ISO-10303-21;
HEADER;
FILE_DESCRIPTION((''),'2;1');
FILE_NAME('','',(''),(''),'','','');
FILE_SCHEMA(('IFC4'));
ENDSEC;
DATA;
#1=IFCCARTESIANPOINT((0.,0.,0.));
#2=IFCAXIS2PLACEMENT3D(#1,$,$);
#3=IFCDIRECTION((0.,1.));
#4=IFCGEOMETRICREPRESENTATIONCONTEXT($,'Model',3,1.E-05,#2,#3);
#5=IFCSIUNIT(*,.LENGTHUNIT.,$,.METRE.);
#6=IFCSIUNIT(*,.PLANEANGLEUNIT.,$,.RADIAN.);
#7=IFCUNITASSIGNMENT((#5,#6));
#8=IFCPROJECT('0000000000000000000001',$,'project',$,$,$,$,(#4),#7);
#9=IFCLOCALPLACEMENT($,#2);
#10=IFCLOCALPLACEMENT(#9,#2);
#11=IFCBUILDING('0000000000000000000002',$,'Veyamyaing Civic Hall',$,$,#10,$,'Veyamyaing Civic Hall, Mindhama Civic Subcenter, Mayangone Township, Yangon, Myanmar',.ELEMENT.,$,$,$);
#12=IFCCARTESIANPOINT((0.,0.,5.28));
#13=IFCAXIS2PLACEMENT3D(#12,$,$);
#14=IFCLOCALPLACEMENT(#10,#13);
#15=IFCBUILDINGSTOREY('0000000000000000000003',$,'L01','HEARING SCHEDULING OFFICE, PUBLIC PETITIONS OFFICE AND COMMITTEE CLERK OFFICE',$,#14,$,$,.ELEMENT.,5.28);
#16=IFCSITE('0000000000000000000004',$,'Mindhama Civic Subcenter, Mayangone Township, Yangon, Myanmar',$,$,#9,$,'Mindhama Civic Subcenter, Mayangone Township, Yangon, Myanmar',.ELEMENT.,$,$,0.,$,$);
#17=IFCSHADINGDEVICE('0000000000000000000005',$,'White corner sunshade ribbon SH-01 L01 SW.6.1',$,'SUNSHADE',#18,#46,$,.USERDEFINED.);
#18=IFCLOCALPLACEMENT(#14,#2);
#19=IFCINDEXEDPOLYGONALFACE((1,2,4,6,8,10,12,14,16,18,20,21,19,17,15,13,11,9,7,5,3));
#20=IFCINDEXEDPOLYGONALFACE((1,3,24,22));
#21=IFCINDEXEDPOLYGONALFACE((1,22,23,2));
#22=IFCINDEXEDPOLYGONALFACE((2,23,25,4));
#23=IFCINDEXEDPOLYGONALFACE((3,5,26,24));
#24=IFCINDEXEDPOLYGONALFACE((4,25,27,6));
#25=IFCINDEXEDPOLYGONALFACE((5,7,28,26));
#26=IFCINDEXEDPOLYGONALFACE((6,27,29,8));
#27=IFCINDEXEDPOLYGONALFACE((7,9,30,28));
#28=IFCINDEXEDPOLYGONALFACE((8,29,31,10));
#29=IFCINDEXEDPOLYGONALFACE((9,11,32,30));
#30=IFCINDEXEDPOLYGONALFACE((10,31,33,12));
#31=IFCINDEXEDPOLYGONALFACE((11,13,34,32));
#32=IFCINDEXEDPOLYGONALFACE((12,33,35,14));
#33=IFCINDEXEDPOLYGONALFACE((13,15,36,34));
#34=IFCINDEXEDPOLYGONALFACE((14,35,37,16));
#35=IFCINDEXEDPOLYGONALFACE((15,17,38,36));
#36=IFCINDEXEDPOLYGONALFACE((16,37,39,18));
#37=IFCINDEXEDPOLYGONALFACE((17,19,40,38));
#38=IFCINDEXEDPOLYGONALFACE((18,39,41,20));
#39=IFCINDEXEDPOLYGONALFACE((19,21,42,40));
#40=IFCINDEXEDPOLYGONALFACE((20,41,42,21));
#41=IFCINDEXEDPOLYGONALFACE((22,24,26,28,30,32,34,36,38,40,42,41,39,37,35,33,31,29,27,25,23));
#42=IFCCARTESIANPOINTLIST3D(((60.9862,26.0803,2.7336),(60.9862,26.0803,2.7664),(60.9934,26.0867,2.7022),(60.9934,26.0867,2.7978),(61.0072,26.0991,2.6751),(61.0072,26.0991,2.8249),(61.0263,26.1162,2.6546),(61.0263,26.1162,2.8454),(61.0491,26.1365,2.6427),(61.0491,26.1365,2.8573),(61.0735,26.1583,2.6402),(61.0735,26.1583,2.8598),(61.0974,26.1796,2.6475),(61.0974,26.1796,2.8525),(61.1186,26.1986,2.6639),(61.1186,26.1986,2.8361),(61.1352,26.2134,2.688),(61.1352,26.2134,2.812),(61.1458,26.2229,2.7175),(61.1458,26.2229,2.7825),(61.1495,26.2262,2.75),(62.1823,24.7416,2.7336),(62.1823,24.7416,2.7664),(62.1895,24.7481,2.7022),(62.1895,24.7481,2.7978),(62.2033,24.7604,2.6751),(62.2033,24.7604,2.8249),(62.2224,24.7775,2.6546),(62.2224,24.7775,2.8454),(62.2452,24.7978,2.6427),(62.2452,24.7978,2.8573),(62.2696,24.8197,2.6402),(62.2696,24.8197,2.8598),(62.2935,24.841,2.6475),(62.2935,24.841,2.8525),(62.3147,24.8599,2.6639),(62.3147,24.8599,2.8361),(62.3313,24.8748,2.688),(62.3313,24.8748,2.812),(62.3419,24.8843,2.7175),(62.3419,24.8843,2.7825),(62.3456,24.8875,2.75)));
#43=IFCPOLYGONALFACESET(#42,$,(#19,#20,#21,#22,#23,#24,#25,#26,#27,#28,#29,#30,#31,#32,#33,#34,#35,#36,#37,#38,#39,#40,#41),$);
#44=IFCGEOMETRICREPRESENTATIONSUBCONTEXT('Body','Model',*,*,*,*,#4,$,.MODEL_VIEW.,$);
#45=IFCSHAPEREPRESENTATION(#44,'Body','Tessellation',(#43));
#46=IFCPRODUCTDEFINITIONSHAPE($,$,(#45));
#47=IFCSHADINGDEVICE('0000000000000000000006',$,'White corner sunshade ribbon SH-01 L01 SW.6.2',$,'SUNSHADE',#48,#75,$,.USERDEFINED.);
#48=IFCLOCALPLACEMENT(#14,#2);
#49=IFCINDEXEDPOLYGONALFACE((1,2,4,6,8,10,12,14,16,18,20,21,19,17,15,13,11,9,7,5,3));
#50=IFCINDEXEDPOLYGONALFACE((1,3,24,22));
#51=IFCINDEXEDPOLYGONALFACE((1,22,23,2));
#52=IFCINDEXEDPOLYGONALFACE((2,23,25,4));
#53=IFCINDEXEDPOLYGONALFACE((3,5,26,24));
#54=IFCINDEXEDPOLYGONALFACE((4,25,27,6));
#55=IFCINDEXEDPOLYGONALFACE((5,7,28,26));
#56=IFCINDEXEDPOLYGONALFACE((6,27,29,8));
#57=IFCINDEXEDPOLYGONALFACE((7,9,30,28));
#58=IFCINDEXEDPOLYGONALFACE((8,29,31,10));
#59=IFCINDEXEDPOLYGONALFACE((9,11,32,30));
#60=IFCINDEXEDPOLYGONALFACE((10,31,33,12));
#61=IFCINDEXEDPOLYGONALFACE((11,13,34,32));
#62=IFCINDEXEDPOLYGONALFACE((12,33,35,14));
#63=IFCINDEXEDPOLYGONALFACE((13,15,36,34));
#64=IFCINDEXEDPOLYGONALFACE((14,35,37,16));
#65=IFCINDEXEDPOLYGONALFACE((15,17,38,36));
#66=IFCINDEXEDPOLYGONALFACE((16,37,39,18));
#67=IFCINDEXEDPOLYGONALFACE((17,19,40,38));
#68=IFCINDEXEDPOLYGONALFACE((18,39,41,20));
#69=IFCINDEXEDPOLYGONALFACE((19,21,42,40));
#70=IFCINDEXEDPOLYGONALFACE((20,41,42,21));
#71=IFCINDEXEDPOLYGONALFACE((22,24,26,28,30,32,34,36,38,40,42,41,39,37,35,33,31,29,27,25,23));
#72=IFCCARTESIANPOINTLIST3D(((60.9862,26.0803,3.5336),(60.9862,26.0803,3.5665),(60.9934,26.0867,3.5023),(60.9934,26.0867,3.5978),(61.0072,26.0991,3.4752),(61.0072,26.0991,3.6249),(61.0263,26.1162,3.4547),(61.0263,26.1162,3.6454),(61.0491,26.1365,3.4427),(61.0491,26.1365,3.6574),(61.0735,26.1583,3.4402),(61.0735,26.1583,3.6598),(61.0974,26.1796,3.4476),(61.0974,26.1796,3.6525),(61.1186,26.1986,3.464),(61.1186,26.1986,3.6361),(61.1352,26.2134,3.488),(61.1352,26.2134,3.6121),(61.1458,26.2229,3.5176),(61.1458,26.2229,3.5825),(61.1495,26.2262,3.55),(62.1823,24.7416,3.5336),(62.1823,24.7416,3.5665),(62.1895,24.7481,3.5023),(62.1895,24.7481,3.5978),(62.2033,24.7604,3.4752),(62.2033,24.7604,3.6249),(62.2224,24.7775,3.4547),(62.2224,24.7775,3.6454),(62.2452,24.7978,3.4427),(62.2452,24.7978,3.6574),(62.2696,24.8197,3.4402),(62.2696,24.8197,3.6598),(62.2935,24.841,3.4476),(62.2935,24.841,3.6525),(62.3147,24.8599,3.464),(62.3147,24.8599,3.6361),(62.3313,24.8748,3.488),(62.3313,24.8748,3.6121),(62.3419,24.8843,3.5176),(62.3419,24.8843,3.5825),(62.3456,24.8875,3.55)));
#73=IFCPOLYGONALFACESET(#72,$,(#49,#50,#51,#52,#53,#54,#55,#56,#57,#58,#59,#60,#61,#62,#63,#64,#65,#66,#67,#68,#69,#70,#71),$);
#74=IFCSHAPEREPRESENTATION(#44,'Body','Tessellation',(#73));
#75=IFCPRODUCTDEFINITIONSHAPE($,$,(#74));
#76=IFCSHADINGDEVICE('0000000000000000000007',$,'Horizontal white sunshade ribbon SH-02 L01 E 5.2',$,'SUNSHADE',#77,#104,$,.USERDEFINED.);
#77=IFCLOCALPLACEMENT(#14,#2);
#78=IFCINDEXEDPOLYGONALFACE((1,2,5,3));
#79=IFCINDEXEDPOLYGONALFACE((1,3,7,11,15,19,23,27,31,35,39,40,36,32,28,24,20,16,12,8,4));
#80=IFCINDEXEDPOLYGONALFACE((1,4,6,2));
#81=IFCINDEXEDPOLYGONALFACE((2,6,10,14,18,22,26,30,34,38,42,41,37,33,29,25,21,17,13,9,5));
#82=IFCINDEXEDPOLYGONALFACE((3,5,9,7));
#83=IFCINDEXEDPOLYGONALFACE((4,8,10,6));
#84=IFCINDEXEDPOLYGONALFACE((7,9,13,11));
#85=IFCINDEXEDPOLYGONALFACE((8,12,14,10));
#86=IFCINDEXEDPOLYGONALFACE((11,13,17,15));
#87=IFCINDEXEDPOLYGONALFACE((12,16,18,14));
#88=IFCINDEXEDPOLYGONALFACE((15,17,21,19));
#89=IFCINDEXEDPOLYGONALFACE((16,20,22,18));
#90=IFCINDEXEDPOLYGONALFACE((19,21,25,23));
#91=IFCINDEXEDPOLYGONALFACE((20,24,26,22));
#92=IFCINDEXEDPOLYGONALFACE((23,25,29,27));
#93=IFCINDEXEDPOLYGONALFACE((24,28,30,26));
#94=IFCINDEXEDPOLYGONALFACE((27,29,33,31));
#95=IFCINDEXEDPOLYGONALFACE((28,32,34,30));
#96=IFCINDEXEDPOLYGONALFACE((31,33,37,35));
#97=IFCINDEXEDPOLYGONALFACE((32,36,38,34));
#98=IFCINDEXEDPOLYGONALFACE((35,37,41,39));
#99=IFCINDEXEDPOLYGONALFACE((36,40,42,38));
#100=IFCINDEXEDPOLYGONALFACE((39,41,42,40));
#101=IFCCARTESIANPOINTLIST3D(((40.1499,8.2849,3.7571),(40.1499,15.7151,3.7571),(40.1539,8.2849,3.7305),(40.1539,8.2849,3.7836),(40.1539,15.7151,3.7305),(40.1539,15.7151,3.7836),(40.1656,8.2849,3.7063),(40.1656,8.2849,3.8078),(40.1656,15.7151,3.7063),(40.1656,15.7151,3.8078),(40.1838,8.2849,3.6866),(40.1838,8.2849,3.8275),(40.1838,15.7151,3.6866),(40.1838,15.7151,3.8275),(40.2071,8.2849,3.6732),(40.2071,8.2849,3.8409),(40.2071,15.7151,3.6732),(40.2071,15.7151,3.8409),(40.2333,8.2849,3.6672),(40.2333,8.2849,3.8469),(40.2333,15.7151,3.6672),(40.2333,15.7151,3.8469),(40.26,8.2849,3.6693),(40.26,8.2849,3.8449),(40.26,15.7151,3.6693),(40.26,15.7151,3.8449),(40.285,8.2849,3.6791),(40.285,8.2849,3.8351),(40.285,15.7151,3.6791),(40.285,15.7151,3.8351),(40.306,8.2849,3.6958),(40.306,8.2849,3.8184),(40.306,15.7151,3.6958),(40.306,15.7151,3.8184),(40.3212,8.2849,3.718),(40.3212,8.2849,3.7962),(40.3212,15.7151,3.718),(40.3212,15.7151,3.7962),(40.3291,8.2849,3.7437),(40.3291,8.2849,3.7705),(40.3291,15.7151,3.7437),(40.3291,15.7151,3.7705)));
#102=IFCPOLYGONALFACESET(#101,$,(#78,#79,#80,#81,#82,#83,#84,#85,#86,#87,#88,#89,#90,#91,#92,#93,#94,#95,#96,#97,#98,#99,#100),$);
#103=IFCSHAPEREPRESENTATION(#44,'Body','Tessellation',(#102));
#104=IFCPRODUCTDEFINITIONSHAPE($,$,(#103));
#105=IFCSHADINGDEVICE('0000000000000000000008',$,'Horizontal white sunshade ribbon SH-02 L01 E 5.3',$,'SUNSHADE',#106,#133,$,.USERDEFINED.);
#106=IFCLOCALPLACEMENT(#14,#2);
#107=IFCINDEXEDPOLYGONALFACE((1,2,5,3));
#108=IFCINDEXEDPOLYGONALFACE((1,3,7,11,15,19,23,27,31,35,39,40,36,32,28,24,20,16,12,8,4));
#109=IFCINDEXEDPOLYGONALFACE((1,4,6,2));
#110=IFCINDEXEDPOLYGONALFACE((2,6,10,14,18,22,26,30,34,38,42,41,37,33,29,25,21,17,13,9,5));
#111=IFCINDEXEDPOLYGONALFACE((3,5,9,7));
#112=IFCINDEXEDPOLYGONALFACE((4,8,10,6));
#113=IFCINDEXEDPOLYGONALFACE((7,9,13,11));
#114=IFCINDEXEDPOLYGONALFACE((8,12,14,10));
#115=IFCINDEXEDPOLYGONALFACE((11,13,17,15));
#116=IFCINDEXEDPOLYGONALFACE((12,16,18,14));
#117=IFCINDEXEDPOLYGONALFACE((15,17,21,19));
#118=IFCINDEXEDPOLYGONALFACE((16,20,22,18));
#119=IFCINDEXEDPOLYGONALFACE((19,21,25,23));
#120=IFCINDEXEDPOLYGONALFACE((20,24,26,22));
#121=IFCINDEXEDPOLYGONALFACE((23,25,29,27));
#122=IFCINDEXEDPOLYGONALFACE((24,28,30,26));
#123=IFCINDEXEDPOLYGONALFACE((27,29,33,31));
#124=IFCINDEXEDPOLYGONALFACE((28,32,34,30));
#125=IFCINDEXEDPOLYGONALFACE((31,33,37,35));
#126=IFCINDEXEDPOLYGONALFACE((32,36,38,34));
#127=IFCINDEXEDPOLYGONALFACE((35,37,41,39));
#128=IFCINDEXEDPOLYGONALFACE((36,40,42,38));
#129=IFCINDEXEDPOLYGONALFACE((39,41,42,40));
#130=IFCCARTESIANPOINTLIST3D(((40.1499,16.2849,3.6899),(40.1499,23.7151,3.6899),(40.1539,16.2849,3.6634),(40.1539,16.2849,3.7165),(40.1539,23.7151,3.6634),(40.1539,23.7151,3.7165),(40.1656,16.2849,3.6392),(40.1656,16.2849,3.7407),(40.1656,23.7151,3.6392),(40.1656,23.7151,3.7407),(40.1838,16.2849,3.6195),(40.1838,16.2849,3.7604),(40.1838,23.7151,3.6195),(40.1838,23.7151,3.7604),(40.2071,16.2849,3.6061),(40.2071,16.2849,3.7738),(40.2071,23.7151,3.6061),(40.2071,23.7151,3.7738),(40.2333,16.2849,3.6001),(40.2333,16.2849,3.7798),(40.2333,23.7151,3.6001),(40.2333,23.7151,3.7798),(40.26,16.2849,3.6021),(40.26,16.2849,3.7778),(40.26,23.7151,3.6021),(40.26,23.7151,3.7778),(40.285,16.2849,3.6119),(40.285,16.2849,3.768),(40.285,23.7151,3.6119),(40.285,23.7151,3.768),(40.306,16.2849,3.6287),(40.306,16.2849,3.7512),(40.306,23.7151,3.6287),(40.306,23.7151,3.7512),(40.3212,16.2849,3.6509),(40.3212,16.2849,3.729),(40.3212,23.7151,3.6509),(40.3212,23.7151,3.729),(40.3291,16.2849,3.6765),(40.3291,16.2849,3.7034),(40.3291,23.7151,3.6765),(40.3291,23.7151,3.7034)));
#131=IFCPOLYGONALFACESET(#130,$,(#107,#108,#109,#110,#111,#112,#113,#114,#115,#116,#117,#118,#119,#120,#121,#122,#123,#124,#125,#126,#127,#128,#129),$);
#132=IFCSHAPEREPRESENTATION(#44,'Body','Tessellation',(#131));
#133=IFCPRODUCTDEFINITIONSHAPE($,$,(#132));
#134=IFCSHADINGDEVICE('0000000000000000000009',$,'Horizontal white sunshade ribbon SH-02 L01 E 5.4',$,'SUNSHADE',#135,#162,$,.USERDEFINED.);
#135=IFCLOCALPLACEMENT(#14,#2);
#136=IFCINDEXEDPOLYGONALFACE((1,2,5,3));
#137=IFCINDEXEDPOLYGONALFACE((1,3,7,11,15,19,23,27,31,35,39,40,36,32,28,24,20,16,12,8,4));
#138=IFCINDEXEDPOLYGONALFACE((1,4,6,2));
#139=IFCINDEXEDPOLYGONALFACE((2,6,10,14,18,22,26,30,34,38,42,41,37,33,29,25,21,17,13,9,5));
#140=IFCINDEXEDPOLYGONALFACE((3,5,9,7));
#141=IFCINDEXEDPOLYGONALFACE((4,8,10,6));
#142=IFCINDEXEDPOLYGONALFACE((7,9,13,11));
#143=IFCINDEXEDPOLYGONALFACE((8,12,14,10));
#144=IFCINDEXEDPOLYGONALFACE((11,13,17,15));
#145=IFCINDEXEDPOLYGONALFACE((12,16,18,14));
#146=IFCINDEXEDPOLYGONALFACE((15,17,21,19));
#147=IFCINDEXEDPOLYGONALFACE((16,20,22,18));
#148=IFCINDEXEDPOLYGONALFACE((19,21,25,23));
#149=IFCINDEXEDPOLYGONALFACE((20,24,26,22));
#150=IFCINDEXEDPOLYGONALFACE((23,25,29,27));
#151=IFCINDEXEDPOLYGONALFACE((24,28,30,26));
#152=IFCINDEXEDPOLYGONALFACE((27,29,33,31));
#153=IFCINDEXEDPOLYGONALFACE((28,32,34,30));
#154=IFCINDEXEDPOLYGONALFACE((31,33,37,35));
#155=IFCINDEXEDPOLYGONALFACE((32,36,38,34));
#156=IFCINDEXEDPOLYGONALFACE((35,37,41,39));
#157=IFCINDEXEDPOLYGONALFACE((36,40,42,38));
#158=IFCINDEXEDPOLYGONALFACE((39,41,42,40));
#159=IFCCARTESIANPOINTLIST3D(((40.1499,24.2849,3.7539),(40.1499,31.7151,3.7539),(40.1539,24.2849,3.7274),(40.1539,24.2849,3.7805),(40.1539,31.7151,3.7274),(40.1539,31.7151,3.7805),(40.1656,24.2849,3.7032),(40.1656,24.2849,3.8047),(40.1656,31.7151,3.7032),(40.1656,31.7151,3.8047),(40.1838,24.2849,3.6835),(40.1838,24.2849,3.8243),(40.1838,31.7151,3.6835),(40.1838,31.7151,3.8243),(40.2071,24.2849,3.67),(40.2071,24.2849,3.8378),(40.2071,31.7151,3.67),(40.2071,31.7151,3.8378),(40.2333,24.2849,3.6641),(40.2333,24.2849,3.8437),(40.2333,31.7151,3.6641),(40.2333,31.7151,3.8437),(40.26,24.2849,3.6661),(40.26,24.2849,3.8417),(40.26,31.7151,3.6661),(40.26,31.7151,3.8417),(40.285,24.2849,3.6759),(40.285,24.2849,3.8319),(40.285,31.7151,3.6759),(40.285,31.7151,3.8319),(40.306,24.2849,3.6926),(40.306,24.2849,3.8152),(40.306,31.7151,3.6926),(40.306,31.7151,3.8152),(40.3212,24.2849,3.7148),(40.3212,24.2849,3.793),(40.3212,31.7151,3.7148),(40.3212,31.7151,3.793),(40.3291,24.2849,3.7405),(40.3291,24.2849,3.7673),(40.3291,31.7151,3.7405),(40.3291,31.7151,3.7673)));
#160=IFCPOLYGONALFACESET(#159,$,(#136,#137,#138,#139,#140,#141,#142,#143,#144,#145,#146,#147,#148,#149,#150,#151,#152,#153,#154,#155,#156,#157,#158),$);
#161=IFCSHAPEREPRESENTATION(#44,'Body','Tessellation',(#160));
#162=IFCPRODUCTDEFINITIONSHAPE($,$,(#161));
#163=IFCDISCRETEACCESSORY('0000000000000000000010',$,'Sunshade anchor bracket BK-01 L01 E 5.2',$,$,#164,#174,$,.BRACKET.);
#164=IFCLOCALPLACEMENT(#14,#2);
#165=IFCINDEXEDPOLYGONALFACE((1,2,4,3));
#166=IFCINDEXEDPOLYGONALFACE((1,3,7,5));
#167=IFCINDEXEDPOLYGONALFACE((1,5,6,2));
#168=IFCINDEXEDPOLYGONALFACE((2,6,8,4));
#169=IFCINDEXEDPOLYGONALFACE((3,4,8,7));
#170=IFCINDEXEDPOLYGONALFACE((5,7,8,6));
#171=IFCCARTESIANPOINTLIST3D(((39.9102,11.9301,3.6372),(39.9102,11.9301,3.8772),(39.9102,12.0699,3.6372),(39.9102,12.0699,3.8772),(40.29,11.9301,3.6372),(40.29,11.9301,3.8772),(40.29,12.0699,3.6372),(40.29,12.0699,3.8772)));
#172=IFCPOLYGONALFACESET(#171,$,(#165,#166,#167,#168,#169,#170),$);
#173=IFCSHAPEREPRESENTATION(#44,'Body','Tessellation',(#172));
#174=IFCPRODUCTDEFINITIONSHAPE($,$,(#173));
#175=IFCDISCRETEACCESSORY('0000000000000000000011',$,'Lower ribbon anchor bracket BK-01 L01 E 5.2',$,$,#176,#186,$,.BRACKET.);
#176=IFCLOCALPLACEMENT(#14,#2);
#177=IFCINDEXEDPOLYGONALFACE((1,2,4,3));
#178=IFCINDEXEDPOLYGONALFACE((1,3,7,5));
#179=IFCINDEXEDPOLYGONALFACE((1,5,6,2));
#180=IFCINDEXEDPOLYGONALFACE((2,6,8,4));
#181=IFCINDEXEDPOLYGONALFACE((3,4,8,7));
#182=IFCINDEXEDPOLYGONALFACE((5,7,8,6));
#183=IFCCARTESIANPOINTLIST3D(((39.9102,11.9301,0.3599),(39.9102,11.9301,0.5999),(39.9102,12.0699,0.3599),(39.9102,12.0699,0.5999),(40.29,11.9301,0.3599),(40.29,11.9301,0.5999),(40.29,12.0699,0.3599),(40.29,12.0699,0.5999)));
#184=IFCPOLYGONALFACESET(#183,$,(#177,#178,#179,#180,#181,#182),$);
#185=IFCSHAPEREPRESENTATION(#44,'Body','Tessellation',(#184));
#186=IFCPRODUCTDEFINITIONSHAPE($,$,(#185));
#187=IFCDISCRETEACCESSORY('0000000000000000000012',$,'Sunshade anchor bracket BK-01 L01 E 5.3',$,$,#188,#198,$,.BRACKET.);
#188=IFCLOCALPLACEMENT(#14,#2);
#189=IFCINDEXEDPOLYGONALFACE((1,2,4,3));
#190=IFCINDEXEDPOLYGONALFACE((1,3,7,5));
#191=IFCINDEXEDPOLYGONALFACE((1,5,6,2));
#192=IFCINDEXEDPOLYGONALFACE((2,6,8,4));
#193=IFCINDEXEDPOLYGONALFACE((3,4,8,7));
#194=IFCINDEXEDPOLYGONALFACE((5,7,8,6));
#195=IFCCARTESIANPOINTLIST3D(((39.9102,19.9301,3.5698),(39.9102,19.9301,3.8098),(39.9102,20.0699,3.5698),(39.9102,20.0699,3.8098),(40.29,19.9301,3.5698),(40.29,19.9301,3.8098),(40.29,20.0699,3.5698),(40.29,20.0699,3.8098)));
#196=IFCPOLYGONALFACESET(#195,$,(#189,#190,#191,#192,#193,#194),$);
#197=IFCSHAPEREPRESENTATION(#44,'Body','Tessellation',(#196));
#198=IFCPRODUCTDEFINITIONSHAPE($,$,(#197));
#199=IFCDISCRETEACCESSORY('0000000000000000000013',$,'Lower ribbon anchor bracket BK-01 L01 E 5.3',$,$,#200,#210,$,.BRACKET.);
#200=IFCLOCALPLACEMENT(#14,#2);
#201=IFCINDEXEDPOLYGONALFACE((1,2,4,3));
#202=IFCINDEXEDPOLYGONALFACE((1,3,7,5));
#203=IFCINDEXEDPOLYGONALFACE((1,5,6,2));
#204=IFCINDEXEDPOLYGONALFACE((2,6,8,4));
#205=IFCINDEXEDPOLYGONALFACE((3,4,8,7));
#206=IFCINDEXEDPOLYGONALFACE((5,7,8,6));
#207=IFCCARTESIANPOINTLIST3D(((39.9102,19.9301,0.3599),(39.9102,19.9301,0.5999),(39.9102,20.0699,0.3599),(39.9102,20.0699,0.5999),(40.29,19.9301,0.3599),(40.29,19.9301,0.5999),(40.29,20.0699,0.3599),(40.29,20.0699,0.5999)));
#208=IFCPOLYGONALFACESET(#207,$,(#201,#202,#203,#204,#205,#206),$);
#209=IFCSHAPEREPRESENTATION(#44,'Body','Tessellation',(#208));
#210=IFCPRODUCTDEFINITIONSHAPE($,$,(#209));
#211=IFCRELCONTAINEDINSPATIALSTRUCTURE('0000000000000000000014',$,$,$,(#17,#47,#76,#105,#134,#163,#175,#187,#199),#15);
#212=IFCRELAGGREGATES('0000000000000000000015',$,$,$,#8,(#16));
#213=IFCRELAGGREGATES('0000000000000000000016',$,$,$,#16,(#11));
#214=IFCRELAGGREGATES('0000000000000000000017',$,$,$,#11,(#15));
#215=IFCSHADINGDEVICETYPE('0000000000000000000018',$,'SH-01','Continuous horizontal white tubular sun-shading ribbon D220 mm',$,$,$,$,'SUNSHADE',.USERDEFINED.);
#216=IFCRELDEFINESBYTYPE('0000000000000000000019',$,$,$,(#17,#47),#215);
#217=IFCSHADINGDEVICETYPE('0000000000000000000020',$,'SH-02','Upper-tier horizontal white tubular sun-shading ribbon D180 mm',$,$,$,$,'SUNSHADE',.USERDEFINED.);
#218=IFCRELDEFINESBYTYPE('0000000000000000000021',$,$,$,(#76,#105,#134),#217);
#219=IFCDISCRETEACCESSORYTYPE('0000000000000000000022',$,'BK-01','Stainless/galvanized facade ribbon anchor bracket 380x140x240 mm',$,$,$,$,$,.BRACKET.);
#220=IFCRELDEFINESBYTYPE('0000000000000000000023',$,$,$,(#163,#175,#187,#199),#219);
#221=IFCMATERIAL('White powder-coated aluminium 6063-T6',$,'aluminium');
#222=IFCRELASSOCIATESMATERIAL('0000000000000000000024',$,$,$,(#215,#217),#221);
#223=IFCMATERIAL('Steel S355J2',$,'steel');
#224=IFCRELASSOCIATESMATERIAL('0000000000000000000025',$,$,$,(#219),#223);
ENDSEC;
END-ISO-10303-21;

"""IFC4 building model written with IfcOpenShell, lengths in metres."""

from ifc_helpers import new_model, si_unit, direction, frame, origin, origin_2d, place, context, subcontext, project, spatial, rectangle, circle, extrude, material, material_profile, profile_set, type_object, element, save


model = new_model("IFC4")

# Units and contexts
model_context = context("Model", 3, precision=1e-05, world=origin(), true_north=direction((0.0, 1.0)))
body_context = subcontext(model_context, "Body", "Model", "MODEL_VIEW")
ifc_project = project(units=[si_unit("LENGTHUNIT", "METRE"), si_unit("PLANEANGLEUNIT", "RADIAN")], contexts=[model_context])

# Site, building, storey
site_placement = place(None, origin())
site = spatial("IfcSite", under=ifc_project, at=site_placement, Name="Mindhama Civic Subcenter, Mayangone Township, Yangon, Myanmar", LongName="Mindhama Civic Subcenter, Mayangone Township, Yangon, Myanmar", CompositionType="ELEMENT", RefElevation=0.0)
building_placement = place(site_placement, origin())
building = spatial("IfcBuilding", under=site, at=building_placement, Name="Veyamyaing Civic Hall", LongName="Veyamyaing Civic Hall, Mindhama Civic Subcenter, Mayangone Township, Yangon, Myanmar", CompositionType="ELEMENT")
storey_placement = place(building_placement, frame((0.0, 0.0, 5.28)))
storey = spatial("IfcBuildingStorey", under=building, at=storey_placement, Name="L01", Description="HEARING SCHEDULING OFFICE, PUBLIC PETITIONS OFFICE AND COMMITTEE CLERK OFFICE", CompositionType="ELEMENT", Elevation=5.28)

# Shared definitions
ifc_material_1 = material(Name="White powder-coated aluminium 6063-T6", Category="aluminium")

# Shading devices
ifc_material_profile_1 = material_profile(ifc_material_1, circle(Radius=0.1101, at=origin_2d()), Name="SHADE-TUBE-220")
ifc_profile_set_1 = profile_set([ifc_material_profile_1], Name="White powder-coated aluminium 6063-T6")
shading_device_type_1 = type_object("IfcShadingDeviceType", Name="SH-01", Description="Continuous horizontal white tubular sun-shading ribbon D220 mm", ElementType="SUNSHADE", PredefinedType="USERDEFINED", material=ifc_profile_set_1)
for number, where, z_axis, x_axis, name in (
    (1, (61.0674, 26.1528, 2.75), (0.666278, -0.745704, 0.0), (0.745704, 0.666278, 0.0), "White corner sunshade ribbon SH-01 L01 SW.6.1"),
    (2, (61.0674, 26.1528, 3.55), (0.666278, -0.745704, 0.0), (0.745704, 0.666278, 0.0), "White corner sunshade ribbon SH-01 L01 SW.6.2"),
):
    element("IfcShadingDevice", number, at=place(storey_placement, frame(where, z_axis=z_axis, x_axis=x_axis)), inside=storey, type_object=shading_device_type_1, Name=name, ObjectType="SUNSHADE", PredefinedType="USERDEFINED", context=body_context, shape_type="SweptSolid", body=[
        extrude(circle(Radius=0.1101, at=origin_2d()), origin(), (0.0, 0.0, 1.0), 1.7952),
    ])
ifc_material_profile_2 = material_profile(ifc_material_1, circle(Radius=0.0901, at=origin_2d()), Name="SHADE-TUBE-180")
ifc_profile_set_2 = profile_set([ifc_material_profile_2], Name="White powder-coated aluminium 6063-T6")
shading_device_type_2 = type_object("IfcShadingDeviceType", Name="SH-02", Description="Upper-tier horizontal white tubular sun-shading ribbon D180 mm", ElementType="SUNSHADE", PredefinedType="USERDEFINED", material=ifc_profile_set_2)
for number, where, z_axis, x_axis, name in (
    (3, (40.24, 8.2849, 3.7571), (0.0, 1.0, 0.0), (-1.0, 0.0, 0.0), "Horizontal white sunshade ribbon SH-02 L01 E 5.2"),
    (4, (40.24, 16.2849, 3.6899), (0.0, 1.0, 0.0), (-1.0, 0.0, 0.0), "Horizontal white sunshade ribbon SH-02 L01 E 5.3"),
    (5, (40.24, 24.2849, 3.7539), (0.0, 1.0, 0.0), (-1.0, 0.0, 0.0), "Horizontal white sunshade ribbon SH-02 L01 E 5.4"),
):
    element("IfcShadingDevice", number, at=place(storey_placement, frame(where, z_axis=z_axis, x_axis=x_axis)), inside=storey, type_object=shading_device_type_2, Name=name, ObjectType="SUNSHADE", PredefinedType="USERDEFINED", context=body_context, shape_type="SweptSolid", body=[
        extrude(circle(Radius=0.0901, at=origin_2d()), origin(), (0.0, 0.0, 1.0), 7.4302),
    ])

# Discrete accessories
ifc_material_2 = material(Name="Steel S355J2", Category="steel")
discrete_accessory_type = type_object("IfcDiscreteAccessoryType", Name="BK-01", Description="Stainless/galvanized facade ribbon anchor bracket 380x140x240 mm", PredefinedType="BRACKET", material=ifc_material_2)
for number, where, z_axis, x_axis, name in (
    (6, (40.1001, 12.0, 3.6372), (0.0, 0.0, 1.0), (1.0, 0.0, 0.0), "Sunshade anchor bracket BK-01 L01 E 5.2"),
    (7, (40.1001, 12.0, 0.3599), (0.0, 0.0, 1.0), (1.0, 0.0, 0.0), "Lower ribbon anchor bracket BK-01 L01 E 5.2"),
    (8, (40.1001, 20.0, 3.5698), (0.0, 0.0, 1.0), (1.0, 0.0, 0.0), "Sunshade anchor bracket BK-01 L01 E 5.3"),
    (9, (40.1001, 20.0, 0.3599), (0.0, 0.0, 1.0), (1.0, 0.0, 0.0), "Lower ribbon anchor bracket BK-01 L01 E 5.3"),
):
    element("IfcDiscreteAccessory", number, at=place(storey_placement, frame(where, z_axis=z_axis, x_axis=x_axis)), inside=storey, type_object=discrete_accessory_type, Name=name, PredefinedType="BRACKET", context=body_context, shape_type="SweptSolid", body=[
        extrude(rectangle(XDim=0.3799, YDim=0.1399, at=origin_2d()), origin(), (0.0, 0.0, 1.0), 0.24),
    ])

save(model, "model.ifc")
